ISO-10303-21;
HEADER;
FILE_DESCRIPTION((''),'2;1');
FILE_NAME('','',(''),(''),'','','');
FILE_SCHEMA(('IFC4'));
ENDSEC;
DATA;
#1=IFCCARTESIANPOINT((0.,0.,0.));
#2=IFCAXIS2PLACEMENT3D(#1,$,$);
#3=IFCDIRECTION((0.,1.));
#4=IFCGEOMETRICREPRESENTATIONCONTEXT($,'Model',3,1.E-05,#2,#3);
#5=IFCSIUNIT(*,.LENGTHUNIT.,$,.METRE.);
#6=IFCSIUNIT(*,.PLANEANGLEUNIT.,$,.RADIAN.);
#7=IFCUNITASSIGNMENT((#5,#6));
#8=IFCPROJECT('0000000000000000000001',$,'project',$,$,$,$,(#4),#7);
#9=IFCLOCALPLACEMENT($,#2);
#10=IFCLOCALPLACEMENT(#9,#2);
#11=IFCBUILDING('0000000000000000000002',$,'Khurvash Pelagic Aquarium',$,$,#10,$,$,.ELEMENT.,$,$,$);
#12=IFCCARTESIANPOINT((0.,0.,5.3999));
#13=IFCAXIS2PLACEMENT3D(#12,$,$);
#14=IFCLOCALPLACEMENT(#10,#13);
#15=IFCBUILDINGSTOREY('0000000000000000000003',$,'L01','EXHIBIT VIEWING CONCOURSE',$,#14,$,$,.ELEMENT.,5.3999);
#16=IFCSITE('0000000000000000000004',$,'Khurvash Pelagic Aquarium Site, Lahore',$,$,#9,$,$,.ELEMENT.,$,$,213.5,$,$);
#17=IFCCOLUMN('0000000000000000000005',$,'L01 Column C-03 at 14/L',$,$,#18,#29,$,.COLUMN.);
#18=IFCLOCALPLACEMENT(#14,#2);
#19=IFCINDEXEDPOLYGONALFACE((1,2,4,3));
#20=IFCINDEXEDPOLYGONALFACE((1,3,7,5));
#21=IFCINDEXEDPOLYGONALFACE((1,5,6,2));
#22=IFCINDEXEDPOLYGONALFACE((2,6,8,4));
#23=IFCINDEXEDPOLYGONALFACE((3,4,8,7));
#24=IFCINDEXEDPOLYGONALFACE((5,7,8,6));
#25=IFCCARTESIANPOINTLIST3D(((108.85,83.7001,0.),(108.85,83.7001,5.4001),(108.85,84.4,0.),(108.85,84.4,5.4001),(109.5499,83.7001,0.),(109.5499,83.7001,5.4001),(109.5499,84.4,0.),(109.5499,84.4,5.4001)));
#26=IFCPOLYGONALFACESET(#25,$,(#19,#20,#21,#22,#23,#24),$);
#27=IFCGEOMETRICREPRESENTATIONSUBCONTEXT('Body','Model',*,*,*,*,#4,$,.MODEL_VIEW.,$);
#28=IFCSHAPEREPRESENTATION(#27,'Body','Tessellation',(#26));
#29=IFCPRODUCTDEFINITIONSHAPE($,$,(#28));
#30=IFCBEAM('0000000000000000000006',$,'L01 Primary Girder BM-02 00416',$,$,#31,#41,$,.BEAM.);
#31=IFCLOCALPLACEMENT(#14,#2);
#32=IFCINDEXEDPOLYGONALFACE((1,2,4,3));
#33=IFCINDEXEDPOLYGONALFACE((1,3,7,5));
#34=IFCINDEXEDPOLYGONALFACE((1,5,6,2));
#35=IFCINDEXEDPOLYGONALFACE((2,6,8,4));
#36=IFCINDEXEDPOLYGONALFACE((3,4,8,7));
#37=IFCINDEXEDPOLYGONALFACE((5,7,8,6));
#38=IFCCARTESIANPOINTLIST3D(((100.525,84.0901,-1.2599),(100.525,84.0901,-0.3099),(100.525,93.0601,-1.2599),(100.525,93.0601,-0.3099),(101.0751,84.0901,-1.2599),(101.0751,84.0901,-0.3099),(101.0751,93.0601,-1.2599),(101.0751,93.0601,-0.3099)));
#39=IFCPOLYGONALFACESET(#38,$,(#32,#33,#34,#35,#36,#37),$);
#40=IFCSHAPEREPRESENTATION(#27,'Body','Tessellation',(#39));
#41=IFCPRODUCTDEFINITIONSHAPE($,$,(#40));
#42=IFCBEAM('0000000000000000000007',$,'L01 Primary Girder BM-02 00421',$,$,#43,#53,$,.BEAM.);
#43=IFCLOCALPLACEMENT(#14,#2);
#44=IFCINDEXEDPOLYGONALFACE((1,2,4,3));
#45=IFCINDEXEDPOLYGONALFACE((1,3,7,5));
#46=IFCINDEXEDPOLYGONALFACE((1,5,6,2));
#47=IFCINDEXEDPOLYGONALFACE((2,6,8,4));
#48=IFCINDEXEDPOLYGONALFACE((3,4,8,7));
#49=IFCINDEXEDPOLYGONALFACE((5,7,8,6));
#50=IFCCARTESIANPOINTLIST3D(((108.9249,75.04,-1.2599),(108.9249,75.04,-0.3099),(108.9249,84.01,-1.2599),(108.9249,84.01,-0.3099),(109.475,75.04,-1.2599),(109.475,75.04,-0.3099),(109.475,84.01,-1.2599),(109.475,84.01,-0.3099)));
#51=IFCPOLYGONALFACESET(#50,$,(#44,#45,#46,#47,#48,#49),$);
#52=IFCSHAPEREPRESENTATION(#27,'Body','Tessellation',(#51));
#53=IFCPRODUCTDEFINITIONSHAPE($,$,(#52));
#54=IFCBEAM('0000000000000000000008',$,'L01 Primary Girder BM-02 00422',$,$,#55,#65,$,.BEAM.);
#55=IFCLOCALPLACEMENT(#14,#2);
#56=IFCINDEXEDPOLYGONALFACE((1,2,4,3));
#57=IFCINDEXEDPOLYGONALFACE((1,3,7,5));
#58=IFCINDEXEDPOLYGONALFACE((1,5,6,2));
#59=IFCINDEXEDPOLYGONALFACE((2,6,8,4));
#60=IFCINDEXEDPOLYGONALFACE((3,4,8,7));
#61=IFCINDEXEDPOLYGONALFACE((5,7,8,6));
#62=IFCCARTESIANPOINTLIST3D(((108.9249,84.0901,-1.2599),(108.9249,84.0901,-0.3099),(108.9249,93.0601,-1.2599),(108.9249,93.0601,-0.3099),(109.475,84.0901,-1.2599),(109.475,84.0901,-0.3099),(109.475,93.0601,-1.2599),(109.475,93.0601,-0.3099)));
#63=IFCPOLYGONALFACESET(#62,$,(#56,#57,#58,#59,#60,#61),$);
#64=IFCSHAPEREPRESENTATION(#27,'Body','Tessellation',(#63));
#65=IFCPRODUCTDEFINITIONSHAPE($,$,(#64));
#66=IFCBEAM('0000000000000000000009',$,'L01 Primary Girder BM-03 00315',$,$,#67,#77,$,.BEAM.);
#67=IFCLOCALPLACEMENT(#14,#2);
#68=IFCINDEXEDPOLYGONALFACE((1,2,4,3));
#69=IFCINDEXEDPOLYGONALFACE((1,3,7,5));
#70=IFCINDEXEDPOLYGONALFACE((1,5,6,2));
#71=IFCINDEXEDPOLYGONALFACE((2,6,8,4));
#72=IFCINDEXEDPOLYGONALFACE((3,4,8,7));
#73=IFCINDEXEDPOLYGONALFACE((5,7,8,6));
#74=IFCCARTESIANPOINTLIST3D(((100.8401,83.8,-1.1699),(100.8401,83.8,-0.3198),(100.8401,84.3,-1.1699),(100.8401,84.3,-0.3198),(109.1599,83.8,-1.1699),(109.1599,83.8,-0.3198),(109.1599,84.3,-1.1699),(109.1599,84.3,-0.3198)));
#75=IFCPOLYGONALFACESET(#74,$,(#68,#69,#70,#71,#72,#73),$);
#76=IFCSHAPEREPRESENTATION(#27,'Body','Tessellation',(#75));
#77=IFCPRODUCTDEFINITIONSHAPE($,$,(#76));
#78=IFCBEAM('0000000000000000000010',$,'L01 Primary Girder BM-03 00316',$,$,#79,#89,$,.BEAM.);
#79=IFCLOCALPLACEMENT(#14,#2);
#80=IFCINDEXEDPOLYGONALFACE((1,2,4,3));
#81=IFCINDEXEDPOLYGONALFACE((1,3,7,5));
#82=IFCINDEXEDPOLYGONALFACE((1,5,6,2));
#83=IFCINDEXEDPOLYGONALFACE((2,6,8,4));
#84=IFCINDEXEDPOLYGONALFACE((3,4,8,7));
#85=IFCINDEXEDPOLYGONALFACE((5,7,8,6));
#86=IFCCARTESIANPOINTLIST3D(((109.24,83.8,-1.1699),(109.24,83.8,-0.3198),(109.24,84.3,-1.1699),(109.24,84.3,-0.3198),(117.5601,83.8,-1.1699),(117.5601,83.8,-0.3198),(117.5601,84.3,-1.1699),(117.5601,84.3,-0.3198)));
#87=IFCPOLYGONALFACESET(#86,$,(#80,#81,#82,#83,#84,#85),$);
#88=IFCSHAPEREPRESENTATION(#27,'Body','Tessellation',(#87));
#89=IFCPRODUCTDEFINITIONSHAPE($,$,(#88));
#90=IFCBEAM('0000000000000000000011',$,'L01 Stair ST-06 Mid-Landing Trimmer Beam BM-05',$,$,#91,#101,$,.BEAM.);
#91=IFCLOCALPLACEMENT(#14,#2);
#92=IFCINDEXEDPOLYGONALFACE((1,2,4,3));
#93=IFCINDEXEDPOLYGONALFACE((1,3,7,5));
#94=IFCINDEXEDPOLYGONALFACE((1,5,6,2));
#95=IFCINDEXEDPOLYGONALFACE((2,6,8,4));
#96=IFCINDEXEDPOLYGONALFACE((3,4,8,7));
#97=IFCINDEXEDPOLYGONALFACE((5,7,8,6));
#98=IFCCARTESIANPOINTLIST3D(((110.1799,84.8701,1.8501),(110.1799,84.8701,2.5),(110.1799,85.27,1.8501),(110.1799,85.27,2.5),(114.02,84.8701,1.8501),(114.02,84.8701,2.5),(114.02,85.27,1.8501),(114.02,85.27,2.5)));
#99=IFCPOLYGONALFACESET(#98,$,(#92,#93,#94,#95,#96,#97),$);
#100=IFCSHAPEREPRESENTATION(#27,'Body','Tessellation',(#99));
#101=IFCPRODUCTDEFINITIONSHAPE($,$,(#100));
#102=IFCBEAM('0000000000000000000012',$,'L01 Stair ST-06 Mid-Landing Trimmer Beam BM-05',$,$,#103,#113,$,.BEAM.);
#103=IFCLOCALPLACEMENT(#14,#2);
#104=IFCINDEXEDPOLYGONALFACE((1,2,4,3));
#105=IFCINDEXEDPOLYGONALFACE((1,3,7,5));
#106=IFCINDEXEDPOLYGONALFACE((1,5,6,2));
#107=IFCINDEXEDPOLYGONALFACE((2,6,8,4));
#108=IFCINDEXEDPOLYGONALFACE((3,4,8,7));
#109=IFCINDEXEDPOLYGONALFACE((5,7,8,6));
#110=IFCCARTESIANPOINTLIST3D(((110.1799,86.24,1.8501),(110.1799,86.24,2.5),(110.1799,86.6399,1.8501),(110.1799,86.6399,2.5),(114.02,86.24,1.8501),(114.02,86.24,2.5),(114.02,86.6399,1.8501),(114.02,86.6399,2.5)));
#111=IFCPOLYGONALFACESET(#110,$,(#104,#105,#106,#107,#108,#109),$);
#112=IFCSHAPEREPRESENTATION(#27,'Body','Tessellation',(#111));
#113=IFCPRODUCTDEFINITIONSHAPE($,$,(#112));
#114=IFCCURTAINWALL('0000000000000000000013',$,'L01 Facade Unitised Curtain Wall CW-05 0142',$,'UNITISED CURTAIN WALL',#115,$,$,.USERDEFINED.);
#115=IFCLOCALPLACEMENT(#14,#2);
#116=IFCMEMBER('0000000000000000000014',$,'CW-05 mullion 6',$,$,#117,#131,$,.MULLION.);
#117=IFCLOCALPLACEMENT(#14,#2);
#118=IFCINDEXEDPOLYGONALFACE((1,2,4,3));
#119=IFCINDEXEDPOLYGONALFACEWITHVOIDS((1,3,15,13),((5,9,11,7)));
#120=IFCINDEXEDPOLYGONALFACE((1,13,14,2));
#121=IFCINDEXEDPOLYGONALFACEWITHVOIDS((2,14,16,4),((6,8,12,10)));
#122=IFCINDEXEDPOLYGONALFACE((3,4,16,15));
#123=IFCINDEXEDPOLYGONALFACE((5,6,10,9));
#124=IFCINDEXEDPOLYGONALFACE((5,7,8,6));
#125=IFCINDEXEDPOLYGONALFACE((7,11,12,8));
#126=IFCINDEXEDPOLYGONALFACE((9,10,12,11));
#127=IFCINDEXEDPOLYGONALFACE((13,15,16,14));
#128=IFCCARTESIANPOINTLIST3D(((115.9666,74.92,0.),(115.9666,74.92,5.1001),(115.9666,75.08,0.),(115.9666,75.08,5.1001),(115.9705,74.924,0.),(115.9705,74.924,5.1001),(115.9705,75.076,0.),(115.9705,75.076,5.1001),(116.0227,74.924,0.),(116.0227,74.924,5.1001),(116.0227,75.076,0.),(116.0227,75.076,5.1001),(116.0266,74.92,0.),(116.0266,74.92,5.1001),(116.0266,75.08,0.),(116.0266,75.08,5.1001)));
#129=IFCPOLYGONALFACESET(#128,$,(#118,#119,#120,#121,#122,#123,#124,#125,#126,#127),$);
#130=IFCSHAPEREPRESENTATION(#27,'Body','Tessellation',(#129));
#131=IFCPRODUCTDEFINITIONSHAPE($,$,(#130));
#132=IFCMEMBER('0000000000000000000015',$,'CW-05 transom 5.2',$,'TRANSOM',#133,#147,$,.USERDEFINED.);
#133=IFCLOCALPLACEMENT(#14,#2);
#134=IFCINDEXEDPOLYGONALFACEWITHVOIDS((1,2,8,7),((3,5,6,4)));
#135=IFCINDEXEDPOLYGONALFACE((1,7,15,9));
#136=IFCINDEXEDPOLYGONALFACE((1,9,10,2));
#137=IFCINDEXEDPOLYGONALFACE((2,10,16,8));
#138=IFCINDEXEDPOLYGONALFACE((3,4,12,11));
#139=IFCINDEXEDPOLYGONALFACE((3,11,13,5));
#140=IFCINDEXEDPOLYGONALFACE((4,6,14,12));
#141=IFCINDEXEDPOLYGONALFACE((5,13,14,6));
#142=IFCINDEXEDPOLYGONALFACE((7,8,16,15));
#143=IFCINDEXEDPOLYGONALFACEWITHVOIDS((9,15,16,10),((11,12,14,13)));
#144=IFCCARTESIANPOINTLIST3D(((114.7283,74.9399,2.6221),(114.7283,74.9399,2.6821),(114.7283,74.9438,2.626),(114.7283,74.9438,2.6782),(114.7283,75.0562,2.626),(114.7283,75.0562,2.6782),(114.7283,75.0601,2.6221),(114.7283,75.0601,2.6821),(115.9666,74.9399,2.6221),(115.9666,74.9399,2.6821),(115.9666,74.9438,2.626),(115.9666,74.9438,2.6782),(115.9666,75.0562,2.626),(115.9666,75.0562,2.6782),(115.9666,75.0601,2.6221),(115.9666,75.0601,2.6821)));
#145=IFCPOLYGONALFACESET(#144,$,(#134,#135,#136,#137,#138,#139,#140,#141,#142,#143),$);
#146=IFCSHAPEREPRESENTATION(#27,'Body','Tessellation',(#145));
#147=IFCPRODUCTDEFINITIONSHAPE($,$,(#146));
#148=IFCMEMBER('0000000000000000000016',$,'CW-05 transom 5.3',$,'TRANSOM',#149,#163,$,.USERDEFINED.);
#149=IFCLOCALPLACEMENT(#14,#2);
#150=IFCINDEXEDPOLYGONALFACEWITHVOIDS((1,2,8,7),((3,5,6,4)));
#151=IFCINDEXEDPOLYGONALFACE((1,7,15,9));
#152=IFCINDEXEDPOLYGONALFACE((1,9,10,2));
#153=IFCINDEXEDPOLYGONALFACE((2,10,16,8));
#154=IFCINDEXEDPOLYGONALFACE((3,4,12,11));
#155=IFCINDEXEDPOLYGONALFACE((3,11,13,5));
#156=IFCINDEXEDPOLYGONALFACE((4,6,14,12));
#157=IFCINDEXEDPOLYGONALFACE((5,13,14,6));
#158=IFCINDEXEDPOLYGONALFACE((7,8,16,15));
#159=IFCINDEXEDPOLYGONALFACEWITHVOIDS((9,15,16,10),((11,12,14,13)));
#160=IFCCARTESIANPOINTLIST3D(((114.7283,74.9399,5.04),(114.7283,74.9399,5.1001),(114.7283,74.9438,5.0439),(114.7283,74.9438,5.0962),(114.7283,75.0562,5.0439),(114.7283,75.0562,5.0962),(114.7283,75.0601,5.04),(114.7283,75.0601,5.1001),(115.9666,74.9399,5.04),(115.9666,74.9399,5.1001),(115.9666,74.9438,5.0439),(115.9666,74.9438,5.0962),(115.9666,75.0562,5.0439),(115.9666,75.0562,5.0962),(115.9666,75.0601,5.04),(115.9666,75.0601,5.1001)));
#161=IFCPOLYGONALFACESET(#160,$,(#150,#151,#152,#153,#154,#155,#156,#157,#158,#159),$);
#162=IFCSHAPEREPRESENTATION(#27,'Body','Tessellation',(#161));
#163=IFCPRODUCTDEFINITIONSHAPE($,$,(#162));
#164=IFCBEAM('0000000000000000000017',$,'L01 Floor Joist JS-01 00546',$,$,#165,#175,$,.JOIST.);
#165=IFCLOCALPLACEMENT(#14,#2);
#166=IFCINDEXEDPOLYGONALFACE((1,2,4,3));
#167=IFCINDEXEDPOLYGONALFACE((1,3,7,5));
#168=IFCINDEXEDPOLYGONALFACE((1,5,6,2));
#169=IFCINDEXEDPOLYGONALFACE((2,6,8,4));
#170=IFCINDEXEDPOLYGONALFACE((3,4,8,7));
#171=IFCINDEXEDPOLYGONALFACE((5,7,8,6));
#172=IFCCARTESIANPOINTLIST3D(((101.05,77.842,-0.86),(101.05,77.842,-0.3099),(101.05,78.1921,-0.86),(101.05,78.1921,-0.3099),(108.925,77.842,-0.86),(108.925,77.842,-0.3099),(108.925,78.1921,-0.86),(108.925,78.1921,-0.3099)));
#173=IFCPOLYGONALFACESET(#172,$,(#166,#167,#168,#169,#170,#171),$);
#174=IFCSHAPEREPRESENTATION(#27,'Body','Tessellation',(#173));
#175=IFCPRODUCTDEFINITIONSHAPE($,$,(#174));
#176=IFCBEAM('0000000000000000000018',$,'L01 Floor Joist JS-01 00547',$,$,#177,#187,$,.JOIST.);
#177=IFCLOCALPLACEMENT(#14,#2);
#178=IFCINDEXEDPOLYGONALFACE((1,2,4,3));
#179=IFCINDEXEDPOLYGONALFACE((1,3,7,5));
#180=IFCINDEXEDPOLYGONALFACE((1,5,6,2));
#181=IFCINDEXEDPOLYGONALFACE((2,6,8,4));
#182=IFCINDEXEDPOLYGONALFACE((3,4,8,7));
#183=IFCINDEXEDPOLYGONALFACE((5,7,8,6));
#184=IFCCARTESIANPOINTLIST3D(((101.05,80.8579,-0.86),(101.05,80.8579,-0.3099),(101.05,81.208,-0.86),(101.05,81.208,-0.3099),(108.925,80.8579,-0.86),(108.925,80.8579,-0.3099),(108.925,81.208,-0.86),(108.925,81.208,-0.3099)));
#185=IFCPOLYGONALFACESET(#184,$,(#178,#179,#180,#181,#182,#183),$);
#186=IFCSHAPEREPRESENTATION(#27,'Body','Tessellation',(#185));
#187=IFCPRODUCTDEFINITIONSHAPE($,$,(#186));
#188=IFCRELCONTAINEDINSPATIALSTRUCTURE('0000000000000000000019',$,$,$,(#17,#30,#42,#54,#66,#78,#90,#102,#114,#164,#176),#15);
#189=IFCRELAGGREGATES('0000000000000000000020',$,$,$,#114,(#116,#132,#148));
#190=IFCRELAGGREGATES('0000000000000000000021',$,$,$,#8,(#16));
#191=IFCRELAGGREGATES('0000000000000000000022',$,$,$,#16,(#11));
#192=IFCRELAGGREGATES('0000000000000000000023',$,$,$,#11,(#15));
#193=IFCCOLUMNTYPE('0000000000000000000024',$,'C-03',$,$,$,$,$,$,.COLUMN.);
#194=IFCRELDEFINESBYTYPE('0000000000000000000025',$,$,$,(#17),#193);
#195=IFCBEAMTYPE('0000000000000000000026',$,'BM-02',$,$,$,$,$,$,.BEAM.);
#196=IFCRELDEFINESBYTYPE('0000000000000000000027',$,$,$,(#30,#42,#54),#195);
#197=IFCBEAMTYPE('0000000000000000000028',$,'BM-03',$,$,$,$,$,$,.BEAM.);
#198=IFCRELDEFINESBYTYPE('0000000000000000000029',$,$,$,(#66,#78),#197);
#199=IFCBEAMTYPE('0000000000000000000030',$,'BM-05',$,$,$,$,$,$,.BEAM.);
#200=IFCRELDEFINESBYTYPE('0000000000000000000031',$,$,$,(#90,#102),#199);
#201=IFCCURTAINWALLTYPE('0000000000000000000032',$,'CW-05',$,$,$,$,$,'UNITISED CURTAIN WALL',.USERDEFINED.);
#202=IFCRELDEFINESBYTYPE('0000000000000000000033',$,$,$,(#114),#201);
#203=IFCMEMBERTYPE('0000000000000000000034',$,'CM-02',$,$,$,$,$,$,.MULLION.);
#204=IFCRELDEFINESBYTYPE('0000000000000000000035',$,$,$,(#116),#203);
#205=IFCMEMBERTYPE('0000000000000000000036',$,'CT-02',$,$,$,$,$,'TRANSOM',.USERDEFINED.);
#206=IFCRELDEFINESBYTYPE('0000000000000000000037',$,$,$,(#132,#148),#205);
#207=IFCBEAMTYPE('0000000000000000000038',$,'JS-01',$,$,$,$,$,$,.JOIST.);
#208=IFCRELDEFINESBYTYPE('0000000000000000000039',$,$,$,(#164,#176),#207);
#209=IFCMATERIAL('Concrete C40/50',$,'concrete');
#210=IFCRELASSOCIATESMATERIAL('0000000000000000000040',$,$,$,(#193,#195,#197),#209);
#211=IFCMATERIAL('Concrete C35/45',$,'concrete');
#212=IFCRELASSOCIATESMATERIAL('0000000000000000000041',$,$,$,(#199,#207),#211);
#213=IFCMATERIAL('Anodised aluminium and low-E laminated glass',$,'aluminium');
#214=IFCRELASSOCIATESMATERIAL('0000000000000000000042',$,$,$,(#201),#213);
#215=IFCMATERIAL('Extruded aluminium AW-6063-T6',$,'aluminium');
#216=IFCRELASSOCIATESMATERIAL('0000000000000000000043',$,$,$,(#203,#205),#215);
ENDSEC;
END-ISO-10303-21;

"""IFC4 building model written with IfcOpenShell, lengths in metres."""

from ifc_helpers import new_model, si_unit, direction, frame, origin, origin_2d, place, context, subcontext, project, spatial, rectangle, hollow_rectangle, extrude, material, material_profile, profile_set, type_object, element, aggregate, save


model = new_model("IFC4")

# Units and contexts
model_context = context("Model", 3, precision=1e-05, world=origin(), true_north=direction((0.0, 1.0)))
body_context = subcontext(model_context, "Body", "Model", "MODEL_VIEW")
ifc_project = project(units=[si_unit("LENGTHUNIT", "METRE"), si_unit("PLANEANGLEUNIT", "RADIAN")], contexts=[model_context])

# Site, building, storey
site_placement = place(None, origin())
site = spatial("IfcSite", under=ifc_project, at=site_placement, Name="Khurvash Pelagic Aquarium Site, Lahore", CompositionType="ELEMENT", RefElevation=213.5)
building_placement = place(site_placement, origin())
building = spatial("IfcBuilding", under=site, at=building_placement, Name="Khurvash Pelagic Aquarium", CompositionType="ELEMENT")
storey_placement = place(building_placement, frame((0.0, 0.0, 5.3999)))
storey = spatial("IfcBuildingStorey", under=building, at=storey_placement, Name="L01", Description="EXHIBIT VIEWING CONCOURSE", CompositionType="ELEMENT", Elevation=5.3999)

# Column
ifc_material_1 = material(Name="Concrete C40/50", Category="concrete")
ifc_material_profile_1 = material_profile(ifc_material_1, rectangle(XDim=0.7, YDim=0.7, at=origin_2d()), Name="RC700X700")
ifc_profile_set_1 = profile_set([ifc_material_profile_1], Name="Concrete C40/50")
column_type = type_object("IfcColumnType", Name="C-03", PredefinedType="COLUMN", material=ifc_profile_set_1)
column_placement = place(storey_placement, frame((109.2, 84.05, 0.0), z_axis=(0.0, 0.0, 1.0), x_axis=(1.0, 0.0, 0.0)))
element("IfcColumn", 1, at=column_placement, inside=storey, type_object=column_type, Name="L01 Column C-03 at 14/L", PredefinedType="COLUMN", context=body_context, shape_type="SweptSolid", body=[
    extrude(rectangle(XDim=0.7, YDim=0.7, at=origin_2d()), origin(), (0.0, 0.0, 1.0), 5.4001),
])

# Beams
ifc_material_profile_2 = material_profile(ifc_material_1, rectangle(XDim=0.55, YDim=0.95, at=origin_2d()), Name="RC550X950")
ifc_profile_set_2 = profile_set([ifc_material_profile_2], Name="Concrete C40/50")
beam_type_1 = type_object("IfcBeamType", Name="BM-02", PredefinedType="BEAM", material=ifc_profile_set_2)
for number, where, z_axis, x_axis, name in (
    (2, (100.8, 84.0901, -0.7849), (0.0, 1.0, 0.0), (-1.0, 0.0, 0.0), "L01 Primary Girder BM-02 00416"),
    (3, (109.2, 75.04, -0.7849), (0.0, 1.0, 0.0), (-1.0, 0.0, 0.0), "L01 Primary Girder BM-02 00421"),
    (4, (109.2, 84.0901, -0.7849), (0.0, 1.0, 0.0), (-1.0, 0.0, 0.0), "L01 Primary Girder BM-02 00422"),
):
    element("IfcBeam", number, at=place(storey_placement, frame(where, z_axis=z_axis, x_axis=x_axis)), inside=storey, type_object=beam_type_1, Name=name, PredefinedType="BEAM", context=body_context, shape_type="SweptSolid", body=[
        extrude(rectangle(XDim=0.55, YDim=0.95, at=origin_2d()), origin(), (0.0, 0.0, 1.0), 8.97),
    ])
ifc_material_profile_3 = material_profile(ifc_material_1, rectangle(XDim=0.5, YDim=0.8501, at=origin_2d()), Name="RC500X850")
ifc_profile_set_3 = profile_set([ifc_material_profile_3], Name="Concrete C40/50")
beam_type_2 = type_object("IfcBeamType", Name="BM-03", PredefinedType="BEAM", material=ifc_profile_set_3)
beam_1_placement = place(storey_placement, frame((100.8401, 84.05, -0.7449), z_axis=(1.0, 0.0, 0.0), x_axis=(0.0, 1.0, 0.0)))
element("IfcBeam", 5, at=beam_1_placement, inside=storey, type_object=beam_type_2, Name="L01 Primary Girder BM-03 00315", PredefinedType="BEAM", context=body_context, shape_type="SweptSolid", body=[
    extrude(rectangle(XDim=0.5, YDim=0.8501, at=origin_2d()), origin(), (0.0, 0.0, 1.0), 8.3198),
])
beam_2_placement = place(storey_placement, frame((109.24, 84.05, -0.7449), z_axis=(1.0, 0.0, 0.0), x_axis=(0.0, 1.0, 0.0)))
element("IfcBeam", 6, at=beam_2_placement, inside=storey, type_object=beam_type_2, Name="L01 Primary Girder BM-03 00316", PredefinedType="BEAM", context=body_context, shape_type="SweptSolid", body=[
    extrude(rectangle(XDim=0.5, YDim=0.8501, at=origin_2d()), origin(), (0.0, 0.0, 1.0), 8.3201),
])
ifc_material_2 = material(Name="Concrete C35/45", Category="concrete")
ifc_material_profile_4 = material_profile(ifc_material_2, rectangle(XDim=0.3999, YDim=0.6499, at=origin_2d()), Name="RC400X650")
ifc_profile_set_4 = profile_set([ifc_material_profile_4], Name="Concrete C35/45")
beam_type_3 = type_object("IfcBeamType", Name="BM-05", PredefinedType="BEAM", material=ifc_profile_set_4)
for number, where, z_axis, x_axis, name in (
    (7, (110.1799, 85.0701, 2.175), (1.0, 0.0, 0.0), (0.0, 1.0, 0.0), "L01 Stair ST-06 Mid-Landing Trimmer Beam BM-05"),
    (8, (110.1799, 86.4399, 2.175), (1.0, 0.0, 0.0), (0.0, 1.0, 0.0), "L01 Stair ST-06 Mid-Landing Trimmer Beam BM-05"),
):
    element("IfcBeam", number, at=place(storey_placement, frame(where, z_axis=z_axis, x_axis=x_axis)), inside=storey, type_object=beam_type_3, Name=name, PredefinedType="BEAM", context=body_context, shape_type="SweptSolid", body=[
        extrude(rectangle(XDim=0.3999, YDim=0.6499, at=origin_2d()), origin(), (0.0, 0.0, 1.0), 3.8401),
    ])

# Curtain wall, members
ifc_material_3 = material(Name="Anodised aluminium and low-E laminated glass", Category="aluminium")
curtain_wall_type = type_object("IfcCurtainWallType", Name="CW-05", ElementType="UNITISED CURTAIN WALL", PredefinedType="USERDEFINED", material=ifc_material_3)
curtain_wall_placement = place(storey_placement, origin())
curtain_wall = element("IfcCurtainWall", 9, at=curtain_wall_placement, inside=storey, type_object=curtain_wall_type, Name="L01 Facade Unitised Curtain Wall CW-05 0142", ObjectType="UNITISED CURTAIN WALL", PredefinedType="USERDEFINED")
ifc_material_4 = material(Name="Extruded aluminium AW-6063-T6", Category="aluminium")
ifc_material_profile_5 = material_profile(ifc_material_4, hollow_rectangle(XDim=0.0601, YDim=0.1599, WallThickness=0.0039, at=origin_2d()), Name="CWM60X160X4")
ifc_profile_set_5 = profile_set([ifc_material_profile_5], Name="Extruded aluminium AW-6063-T6")
member_type_1 = type_object("IfcMemberType", Name="CM-02", PredefinedType="MULLION", material=ifc_profile_set_5)
member_1_placement = place(storey_placement, frame((115.9966, 75.0, 0.0), z_axis=(0.0, 0.0, 1.0), x_axis=(1.0, 0.0, 0.0)))
member_1 = element("IfcMember", 10, at=member_1_placement, type_object=member_type_1, Name="CW-05 mullion 6", PredefinedType="MULLION", context=body_context, shape_type="SweptSolid", body=[
    extrude(hollow_rectangle(XDim=0.0601, YDim=0.1599, WallThickness=0.0039, at=origin_2d()), origin(), (0.0, 0.0, 1.0), 5.1001),
])
ifc_material_profile_6 = material_profile(ifc_material_4, hollow_rectangle(XDim=0.1201, YDim=0.0601, WallThickness=0.0039, at=origin_2d()), Name="CWT120X60X4")
ifc_profile_set_6 = profile_set([ifc_material_profile_6], Name="Extruded aluminium AW-6063-T6")
member_type_2 = type_object("IfcMemberType", Name="CT-02", ElementType="TRANSOM", PredefinedType="USERDEFINED", material=ifc_profile_set_6)
member_2_placement = place(storey_placement, frame((114.7283, 75.0, 2.6521), z_axis=(1.0, 0.0, 0.0), x_axis=(0.0, 1.0, 0.0)))
member_2 = element("IfcMember", 11, at=member_2_placement, type_object=member_type_2, Name="CW-05 transom 5.2", ObjectType="TRANSOM", PredefinedType="USERDEFINED", context=body_context, shape_type="SweptSolid", body=[
    extrude(hollow_rectangle(XDim=0.1201, YDim=0.0601, WallThickness=0.0039, at=origin_2d()), origin(), (0.0, 0.0, 1.0), 1.2383),
])
member_3_placement = place(storey_placement, frame((114.7283, 75.0, 5.0701), z_axis=(1.0, 0.0, 0.0), x_axis=(0.0, 1.0, 0.0)))
member_3 = element("IfcMember", 12, at=member_3_placement, type_object=member_type_2, Name="CW-05 transom 5.3", ObjectType="TRANSOM", PredefinedType="USERDEFINED", context=body_context, shape_type="SweptSolid", body=[
    extrude(hollow_rectangle(XDim=0.1201, YDim=0.0601, WallThickness=0.0039, at=origin_2d()), origin(), (0.0, 0.0, 1.0), 1.2383),
])

# Beams
ifc_material_profile_7 = material_profile(ifc_material_2, rectangle(XDim=0.3501, YDim=0.55, at=origin_2d()), Name="RC350X550")
ifc_profile_set_7 = profile_set([ifc_material_profile_7], Name="Concrete C35/45")
beam_type_4 = type_object("IfcBeamType", Name="JS-01", PredefinedType="JOIST", material=ifc_profile_set_7)
for number, where, z_axis, x_axis, name in (
    (13, (101.05, 78.0171, -0.585), (1.0, 0.0, 0.0), (0.0, 1.0, 0.0), "L01 Floor Joist JS-01 00546"),
    (14, (101.05, 81.033, -0.585), (1.0, 0.0, 0.0), (0.0, 1.0, 0.0), "L01 Floor Joist JS-01 00547"),
):
    element("IfcBeam", number, at=place(storey_placement, frame(where, z_axis=z_axis, x_axis=x_axis)), inside=storey, type_object=beam_type_4, Name=name, PredefinedType="JOIST", context=body_context, shape_type="SweptSolid", body=[
        extrude(rectangle(XDim=0.3501, YDim=0.55, at=origin_2d()), origin(), (0.0, 0.0, 1.0), 7.875),
    ])

aggregate(curtain_wall, [member_1, member_2, member_3])

save(model, "model.ifc")
